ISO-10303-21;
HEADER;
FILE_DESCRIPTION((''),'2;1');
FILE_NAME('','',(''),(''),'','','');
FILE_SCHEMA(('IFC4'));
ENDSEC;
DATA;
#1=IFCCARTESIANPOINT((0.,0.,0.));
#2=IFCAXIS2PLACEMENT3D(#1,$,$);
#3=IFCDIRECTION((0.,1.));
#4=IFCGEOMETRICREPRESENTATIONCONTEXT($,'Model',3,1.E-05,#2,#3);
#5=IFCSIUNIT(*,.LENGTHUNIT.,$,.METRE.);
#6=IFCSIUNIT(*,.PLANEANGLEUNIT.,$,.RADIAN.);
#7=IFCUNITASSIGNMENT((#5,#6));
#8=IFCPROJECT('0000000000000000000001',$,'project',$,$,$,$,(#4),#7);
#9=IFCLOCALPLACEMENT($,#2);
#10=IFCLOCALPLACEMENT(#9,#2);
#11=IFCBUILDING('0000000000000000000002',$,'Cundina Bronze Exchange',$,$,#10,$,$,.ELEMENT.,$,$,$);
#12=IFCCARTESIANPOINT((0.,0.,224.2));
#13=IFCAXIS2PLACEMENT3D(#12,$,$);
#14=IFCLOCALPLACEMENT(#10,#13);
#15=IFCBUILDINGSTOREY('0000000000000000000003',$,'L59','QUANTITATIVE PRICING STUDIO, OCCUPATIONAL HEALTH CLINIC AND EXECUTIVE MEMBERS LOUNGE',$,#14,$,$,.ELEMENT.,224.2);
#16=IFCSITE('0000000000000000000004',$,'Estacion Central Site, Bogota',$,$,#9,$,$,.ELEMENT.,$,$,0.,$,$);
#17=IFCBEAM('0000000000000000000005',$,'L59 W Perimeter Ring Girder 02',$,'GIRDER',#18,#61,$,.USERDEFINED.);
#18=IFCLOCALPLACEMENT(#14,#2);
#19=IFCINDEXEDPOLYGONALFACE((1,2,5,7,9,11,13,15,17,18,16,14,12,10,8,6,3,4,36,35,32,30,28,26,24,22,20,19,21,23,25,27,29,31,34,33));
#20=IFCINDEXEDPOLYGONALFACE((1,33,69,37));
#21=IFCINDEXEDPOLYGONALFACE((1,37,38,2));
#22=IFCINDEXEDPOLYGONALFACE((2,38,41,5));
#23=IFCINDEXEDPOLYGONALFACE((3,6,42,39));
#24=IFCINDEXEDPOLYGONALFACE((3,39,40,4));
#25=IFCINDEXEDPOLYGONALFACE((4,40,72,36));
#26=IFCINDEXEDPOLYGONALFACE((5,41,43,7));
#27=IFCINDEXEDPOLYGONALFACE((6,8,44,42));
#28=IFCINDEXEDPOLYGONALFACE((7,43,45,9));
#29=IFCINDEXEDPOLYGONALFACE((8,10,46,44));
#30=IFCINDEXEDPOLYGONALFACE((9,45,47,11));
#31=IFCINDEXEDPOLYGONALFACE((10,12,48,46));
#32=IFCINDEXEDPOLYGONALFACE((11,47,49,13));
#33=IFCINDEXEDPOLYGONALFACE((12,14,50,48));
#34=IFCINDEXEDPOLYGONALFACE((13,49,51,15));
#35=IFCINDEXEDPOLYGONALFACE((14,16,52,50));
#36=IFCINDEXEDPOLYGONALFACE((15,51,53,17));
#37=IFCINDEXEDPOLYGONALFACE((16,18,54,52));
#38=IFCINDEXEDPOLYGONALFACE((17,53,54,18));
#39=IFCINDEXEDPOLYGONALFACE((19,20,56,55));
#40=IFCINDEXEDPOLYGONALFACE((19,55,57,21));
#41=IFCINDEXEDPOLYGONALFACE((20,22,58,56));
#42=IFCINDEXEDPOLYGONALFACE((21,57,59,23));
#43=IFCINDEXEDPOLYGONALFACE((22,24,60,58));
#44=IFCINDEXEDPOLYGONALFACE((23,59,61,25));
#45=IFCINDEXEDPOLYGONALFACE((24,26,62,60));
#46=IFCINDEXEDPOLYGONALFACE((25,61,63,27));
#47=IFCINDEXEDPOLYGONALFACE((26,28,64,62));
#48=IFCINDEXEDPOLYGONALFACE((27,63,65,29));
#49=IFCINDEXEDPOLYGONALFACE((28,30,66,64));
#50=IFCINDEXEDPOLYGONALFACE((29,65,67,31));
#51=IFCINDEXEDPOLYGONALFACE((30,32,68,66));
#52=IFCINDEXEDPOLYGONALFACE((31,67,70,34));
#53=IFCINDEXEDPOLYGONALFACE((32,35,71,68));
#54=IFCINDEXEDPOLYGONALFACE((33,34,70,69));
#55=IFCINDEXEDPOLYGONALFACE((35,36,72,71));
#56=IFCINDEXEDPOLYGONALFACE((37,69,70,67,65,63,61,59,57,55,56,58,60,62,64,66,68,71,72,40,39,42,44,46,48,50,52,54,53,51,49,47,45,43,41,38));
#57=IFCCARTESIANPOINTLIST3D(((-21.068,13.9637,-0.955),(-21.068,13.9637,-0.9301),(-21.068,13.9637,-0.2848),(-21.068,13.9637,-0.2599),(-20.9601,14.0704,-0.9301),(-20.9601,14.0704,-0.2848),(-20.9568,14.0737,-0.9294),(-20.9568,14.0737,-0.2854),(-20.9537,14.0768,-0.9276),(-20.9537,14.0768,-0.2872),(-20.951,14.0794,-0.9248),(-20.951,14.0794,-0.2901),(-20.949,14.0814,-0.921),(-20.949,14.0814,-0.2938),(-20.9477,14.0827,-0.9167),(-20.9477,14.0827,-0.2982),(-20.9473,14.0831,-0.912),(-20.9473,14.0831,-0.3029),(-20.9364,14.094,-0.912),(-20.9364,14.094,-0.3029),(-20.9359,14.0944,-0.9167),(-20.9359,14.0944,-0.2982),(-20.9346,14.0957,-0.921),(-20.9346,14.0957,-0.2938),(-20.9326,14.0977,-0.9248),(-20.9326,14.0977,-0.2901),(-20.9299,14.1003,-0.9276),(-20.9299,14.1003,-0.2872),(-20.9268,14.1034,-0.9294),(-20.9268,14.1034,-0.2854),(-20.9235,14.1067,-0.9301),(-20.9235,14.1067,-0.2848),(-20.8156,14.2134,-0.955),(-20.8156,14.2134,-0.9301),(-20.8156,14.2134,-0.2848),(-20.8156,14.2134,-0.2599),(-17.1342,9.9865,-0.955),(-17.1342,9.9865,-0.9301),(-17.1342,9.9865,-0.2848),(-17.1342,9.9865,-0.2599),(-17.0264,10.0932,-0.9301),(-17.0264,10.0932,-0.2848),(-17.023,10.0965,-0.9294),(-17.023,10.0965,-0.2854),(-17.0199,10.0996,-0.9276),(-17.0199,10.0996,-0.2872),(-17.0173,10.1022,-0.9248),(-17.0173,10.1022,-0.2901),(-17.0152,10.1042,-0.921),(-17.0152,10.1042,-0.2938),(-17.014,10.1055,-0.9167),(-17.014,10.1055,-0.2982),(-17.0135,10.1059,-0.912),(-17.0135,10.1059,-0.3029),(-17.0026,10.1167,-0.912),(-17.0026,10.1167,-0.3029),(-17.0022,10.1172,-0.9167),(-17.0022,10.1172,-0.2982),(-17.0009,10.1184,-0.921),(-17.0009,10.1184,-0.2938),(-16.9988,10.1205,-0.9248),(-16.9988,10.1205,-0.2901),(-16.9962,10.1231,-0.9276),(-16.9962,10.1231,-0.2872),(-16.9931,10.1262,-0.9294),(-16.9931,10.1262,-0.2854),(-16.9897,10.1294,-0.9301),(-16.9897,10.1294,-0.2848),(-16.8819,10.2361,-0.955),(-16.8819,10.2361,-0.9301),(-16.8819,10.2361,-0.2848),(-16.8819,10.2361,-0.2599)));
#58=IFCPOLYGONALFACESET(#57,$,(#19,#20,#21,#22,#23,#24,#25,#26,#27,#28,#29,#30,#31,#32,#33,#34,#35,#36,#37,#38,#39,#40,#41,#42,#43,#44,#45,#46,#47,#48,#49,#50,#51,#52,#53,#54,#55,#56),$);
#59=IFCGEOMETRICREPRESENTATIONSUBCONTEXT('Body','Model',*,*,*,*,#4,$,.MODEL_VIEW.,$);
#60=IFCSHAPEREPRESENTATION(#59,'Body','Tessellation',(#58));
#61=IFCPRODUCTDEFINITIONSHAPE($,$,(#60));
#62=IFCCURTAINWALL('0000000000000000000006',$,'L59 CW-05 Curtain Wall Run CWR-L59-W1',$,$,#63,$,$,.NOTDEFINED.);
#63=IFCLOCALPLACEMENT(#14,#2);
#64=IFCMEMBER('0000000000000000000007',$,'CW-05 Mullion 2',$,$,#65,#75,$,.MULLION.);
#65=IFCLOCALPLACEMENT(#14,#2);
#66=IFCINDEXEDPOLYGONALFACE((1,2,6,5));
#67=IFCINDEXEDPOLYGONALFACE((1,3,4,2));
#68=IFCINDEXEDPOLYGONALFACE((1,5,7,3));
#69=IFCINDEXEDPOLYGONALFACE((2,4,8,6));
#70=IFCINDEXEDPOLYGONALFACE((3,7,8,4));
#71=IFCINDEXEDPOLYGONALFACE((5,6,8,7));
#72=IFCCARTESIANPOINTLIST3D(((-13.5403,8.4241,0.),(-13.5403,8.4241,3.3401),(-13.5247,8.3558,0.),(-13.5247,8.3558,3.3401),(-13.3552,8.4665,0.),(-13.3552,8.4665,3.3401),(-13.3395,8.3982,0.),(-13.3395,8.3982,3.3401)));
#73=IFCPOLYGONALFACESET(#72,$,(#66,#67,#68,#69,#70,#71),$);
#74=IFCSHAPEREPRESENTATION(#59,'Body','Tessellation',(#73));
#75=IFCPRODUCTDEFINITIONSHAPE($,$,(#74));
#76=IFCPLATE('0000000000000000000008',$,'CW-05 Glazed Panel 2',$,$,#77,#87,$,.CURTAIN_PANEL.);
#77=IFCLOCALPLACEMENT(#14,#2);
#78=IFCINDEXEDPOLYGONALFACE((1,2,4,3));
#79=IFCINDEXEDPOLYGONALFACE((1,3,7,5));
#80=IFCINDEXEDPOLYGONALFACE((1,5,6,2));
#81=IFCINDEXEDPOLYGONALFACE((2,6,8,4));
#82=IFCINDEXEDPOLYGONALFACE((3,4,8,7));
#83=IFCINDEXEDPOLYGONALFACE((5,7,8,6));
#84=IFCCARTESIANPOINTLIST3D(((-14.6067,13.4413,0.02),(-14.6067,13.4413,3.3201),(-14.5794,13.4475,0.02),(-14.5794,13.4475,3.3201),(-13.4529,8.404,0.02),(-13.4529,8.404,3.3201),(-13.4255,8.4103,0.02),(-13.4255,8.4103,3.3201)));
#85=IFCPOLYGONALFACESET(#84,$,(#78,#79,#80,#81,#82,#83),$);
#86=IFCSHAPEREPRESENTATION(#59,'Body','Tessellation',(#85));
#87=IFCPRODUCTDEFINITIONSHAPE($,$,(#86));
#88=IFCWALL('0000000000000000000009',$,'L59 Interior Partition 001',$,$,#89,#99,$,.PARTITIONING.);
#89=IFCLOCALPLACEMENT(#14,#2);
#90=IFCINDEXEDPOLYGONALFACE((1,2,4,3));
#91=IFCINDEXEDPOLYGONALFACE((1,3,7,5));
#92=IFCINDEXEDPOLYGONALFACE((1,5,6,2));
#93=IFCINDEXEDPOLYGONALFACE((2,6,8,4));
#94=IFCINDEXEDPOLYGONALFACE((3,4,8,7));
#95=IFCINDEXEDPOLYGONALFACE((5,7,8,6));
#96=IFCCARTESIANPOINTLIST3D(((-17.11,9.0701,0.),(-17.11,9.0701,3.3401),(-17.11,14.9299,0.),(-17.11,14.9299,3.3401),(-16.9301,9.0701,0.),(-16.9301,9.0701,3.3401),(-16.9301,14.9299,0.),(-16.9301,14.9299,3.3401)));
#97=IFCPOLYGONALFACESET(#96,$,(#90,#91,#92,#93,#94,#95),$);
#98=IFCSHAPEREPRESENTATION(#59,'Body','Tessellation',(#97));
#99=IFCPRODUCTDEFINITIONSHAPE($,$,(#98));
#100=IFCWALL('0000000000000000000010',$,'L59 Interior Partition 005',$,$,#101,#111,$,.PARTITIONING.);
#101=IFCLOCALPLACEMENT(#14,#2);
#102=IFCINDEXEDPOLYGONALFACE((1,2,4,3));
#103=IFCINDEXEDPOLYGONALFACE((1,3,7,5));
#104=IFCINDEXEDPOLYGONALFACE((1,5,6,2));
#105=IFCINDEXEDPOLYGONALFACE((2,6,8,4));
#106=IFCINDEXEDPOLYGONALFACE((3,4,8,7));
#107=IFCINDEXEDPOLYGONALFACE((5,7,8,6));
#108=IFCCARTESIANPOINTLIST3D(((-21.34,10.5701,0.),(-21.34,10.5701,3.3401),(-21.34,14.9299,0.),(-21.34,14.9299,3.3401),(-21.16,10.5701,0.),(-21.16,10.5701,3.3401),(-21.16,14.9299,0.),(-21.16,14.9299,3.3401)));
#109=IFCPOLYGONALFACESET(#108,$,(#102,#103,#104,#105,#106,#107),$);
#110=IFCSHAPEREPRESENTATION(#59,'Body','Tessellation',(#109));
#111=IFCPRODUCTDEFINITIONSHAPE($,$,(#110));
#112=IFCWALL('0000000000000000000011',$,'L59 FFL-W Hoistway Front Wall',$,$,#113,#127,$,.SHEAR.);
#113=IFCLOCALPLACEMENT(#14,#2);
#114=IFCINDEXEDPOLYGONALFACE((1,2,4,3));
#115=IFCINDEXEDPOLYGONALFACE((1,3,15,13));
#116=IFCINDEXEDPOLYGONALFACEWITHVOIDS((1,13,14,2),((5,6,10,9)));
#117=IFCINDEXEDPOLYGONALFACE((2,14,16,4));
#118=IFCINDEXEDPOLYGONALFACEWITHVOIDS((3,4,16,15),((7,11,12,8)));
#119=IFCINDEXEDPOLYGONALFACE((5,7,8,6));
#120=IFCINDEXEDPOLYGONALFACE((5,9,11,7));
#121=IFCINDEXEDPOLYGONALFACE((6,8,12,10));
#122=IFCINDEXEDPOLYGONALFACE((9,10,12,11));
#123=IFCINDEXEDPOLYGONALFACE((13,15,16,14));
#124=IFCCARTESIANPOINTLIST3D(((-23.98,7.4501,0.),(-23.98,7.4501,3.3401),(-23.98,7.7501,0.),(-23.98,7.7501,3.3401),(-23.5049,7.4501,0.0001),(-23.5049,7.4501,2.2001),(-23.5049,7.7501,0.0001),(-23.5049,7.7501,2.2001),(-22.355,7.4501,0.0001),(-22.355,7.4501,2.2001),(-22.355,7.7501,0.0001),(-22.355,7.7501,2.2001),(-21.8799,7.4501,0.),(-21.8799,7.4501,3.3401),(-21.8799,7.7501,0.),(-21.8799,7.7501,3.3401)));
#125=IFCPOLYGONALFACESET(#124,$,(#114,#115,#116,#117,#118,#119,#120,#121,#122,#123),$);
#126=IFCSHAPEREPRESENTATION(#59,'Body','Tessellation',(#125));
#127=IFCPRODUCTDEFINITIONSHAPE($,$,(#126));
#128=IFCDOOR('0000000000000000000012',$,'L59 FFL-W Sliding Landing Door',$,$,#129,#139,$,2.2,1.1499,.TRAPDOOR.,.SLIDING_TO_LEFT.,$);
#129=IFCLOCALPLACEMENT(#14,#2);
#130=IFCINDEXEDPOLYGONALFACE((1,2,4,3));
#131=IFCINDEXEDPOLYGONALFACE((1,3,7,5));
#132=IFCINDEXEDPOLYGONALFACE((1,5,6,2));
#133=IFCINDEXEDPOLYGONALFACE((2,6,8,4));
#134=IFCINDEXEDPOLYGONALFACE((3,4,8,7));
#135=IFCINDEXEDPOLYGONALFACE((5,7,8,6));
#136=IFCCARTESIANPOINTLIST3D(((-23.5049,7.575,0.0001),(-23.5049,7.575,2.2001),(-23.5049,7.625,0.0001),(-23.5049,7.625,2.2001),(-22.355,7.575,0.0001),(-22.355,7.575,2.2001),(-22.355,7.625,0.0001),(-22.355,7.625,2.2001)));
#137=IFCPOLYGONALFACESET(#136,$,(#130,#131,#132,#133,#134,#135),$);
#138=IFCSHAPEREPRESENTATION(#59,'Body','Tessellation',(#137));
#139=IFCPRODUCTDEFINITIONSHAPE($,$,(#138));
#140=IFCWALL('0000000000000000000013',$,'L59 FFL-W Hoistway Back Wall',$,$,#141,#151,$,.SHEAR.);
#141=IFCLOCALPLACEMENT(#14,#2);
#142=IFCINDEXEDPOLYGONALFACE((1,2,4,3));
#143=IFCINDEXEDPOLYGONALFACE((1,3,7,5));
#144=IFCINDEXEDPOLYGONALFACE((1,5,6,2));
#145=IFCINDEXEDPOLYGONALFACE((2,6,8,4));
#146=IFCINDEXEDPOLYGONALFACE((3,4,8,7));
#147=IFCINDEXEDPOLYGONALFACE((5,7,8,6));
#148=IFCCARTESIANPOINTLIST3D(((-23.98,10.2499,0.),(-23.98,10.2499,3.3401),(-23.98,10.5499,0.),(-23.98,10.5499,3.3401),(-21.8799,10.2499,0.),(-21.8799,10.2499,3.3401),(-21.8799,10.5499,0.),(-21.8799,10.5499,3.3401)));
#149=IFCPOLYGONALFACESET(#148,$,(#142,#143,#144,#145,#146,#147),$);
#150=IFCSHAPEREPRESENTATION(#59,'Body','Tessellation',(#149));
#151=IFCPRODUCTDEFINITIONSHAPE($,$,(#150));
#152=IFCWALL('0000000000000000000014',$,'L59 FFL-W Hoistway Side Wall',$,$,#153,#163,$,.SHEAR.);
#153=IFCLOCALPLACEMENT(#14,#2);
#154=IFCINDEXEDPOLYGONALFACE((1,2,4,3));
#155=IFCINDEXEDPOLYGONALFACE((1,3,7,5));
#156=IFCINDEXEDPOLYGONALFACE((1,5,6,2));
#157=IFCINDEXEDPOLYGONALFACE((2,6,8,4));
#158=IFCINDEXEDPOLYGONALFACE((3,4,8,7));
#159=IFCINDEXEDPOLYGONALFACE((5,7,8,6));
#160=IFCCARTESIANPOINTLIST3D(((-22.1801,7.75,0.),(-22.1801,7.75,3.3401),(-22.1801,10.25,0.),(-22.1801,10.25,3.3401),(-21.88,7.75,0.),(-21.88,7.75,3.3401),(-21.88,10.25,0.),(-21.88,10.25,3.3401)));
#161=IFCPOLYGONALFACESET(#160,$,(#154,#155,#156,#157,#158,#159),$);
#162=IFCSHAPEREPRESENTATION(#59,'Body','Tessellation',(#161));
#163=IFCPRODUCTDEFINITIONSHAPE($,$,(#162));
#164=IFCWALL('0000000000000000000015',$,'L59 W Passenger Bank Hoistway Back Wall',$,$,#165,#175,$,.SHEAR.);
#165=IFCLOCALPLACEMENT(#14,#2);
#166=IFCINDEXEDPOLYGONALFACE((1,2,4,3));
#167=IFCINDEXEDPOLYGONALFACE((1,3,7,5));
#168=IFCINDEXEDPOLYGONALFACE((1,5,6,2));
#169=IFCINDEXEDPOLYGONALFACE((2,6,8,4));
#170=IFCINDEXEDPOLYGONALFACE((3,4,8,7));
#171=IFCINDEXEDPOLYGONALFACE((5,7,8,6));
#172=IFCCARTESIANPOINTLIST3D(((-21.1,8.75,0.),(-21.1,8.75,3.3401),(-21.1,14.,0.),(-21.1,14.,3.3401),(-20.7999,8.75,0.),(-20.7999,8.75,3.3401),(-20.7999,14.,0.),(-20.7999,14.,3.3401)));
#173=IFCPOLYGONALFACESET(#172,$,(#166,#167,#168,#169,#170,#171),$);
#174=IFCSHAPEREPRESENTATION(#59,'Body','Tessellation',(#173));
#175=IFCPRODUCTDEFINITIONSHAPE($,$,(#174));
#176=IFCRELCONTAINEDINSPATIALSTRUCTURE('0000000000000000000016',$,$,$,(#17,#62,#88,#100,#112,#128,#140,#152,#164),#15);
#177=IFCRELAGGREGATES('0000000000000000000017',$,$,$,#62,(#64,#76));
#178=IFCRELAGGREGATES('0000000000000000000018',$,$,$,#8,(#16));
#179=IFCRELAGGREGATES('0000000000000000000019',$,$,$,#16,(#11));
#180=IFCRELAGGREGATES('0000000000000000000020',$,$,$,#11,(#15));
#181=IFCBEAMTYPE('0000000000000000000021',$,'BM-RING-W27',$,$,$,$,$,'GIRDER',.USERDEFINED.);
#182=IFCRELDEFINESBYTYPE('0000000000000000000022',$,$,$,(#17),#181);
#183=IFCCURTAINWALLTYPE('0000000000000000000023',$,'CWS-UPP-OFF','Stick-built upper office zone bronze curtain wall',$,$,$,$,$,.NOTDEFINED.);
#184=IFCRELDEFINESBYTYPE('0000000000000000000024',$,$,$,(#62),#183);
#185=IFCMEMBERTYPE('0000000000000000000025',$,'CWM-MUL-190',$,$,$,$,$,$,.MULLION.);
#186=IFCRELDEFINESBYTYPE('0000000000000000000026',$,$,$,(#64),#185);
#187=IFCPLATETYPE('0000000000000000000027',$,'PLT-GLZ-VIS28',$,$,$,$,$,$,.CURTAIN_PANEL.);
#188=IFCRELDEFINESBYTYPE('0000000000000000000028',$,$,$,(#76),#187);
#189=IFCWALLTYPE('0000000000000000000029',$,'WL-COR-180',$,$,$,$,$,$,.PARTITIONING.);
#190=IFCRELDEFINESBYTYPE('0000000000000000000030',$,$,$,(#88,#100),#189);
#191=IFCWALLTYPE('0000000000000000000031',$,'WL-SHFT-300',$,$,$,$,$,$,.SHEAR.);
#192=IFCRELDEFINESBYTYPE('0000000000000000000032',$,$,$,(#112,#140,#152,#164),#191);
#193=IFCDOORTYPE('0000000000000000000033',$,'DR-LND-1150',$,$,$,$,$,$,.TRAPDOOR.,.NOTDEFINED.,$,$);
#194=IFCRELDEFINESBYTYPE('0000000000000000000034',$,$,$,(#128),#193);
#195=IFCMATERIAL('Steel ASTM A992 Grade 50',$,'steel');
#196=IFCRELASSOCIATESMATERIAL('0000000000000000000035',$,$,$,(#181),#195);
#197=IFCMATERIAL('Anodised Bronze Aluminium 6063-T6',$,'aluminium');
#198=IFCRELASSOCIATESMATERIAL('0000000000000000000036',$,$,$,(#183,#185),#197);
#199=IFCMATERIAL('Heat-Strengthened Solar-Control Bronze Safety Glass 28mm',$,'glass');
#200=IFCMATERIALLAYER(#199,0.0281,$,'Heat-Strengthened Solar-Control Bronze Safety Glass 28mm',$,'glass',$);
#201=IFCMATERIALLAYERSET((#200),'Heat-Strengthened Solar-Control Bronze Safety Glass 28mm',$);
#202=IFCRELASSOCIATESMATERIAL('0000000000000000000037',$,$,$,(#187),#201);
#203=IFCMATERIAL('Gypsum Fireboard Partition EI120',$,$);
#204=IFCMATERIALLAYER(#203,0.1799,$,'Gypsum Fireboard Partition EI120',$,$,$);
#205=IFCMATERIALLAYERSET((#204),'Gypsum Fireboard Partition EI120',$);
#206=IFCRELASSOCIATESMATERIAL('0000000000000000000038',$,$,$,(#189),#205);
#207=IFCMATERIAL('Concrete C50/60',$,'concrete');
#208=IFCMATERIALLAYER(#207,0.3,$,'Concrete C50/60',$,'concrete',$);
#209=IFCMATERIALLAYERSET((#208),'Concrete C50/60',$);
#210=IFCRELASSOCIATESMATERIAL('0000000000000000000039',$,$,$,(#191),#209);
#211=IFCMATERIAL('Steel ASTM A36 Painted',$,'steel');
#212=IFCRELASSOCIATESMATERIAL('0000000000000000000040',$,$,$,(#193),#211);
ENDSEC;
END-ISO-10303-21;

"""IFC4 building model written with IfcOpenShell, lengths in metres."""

from ifc_helpers import new_model, si_unit, direction, frame, frame_2d, origin, origin_2d, place, context, subcontext, project, spatial, rectangle, i_section, extrude, material, layer, layer_set, material_profile, profile_set, type_object, element, fill, aggregate, save


model = new_model("IFC4")

# Units and contexts
model_context = context("Model", 3, precision=1e-05, world=origin(), true_north=direction((0.0, 1.0)))
body_context = subcontext(model_context, "Body", "Model", "MODEL_VIEW")
ifc_project = project(units=[si_unit("LENGTHUNIT", "METRE"), si_unit("PLANEANGLEUNIT", "RADIAN")], contexts=[model_context])

# Site, building, storey
site_placement = place(None, origin())
site = spatial("IfcSite", under=ifc_project, at=site_placement, Name="Estacion Central Site, Bogota", CompositionType="ELEMENT", RefElevation=0.0)
building_placement = place(site_placement, origin())
building = spatial("IfcBuilding", under=site, at=building_placement, Name="Cundina Bronze Exchange", CompositionType="ELEMENT")
storey_placement = place(building_placement, frame((0.0, 0.0, 224.2)))
storey = spatial("IfcBuildingStorey", under=building, at=storey_placement, Name="L59", Description="QUANTITATIVE PRICING STUDIO, OCCUPATIONAL HEALTH CLINIC AND EXECUTIVE MEMBERS LOUNGE", CompositionType="ELEMENT", Elevation=224.2)

# Shared definitions
ifc_material_1 = material(Name="Concrete C50/60", Category="concrete")

# Beam
ifc_material_2 = material(Name="Steel ASTM A992 Grade 50", Category="steel")
ifc_material_profile_1 = material_profile(ifc_material_2, i_section(OverallWidth=0.355, OverallDepth=0.6951, WebThickness=0.0154, FlangeThickness=0.0249, FilletRadius=0.0181, at=origin_2d()), Name="W27X146", Category="steel")
ifc_profile_set_1 = profile_set([ifc_material_profile_1], Name="Steel ASTM A992 Grade 50")
beam_type_1 = type_object("IfcBeamType", Name="BM-RING-W27", ElementType="GIRDER", PredefinedType="USERDEFINED", material=ifc_profile_set_1)
beam_1_placement = place(storey_placement, frame((-17.0081, 10.1113, -0.6074), z_axis=(-0.703212, 0.71098, 0.0), x_axis=(-0.71098, -0.703212, 0.0)))
element("IfcBeam", 1, at=beam_1_placement, inside=storey, type_object=beam_type_1, Name="L59 W Perimeter Ring Girder 02", ObjectType="GIRDER", PredefinedType="USERDEFINED", context=body_context, shape_type="SweptSolid", body=[
    extrude(i_section(OverallWidth=0.355, OverallDepth=0.6951, WebThickness=0.0154, FlangeThickness=0.0249, FilletRadius=0.0181, at=origin_2d()), origin(), (0.0, 0.0, 1.0), 5.594),
])

# Curtain wall, member, plate
ifc_material_3 = material(Name="Anodised Bronze Aluminium 6063-T6", Category="aluminium")
curtain_wall_type = type_object("IfcCurtainWallType", Name="CWS-UPP-OFF", Description="Stick-built upper office zone bronze curtain wall", PredefinedType="NOTDEFINED", material=ifc_material_3)
curtain_wall_placement = place(storey_placement, origin())
curtain_wall = element("IfcCurtainWall", 2, at=curtain_wall_placement, inside=storey, type_object=curtain_wall_type, Name="L59 CW-05 Curtain Wall Run CWR-L59-W1", PredefinedType="NOTDEFINED")
ifc_material_profile_2 = material_profile(ifc_material_3, rectangle(XDim=0.0701, YDim=0.1899, at=origin_2d()), Name="AL70X190", Category="aluminium")
ifc_profile_set_2 = profile_set([ifc_material_profile_2], Name="Anodised Bronze Aluminium 6063-T6")
member_type = type_object("IfcMemberType", Name="CWM-MUL-190", PredefinedType="MULLION", material=ifc_profile_set_2)
member_placement = place(storey_placement, frame((-13.4399, 8.4111, 0.0), z_axis=(0.0, 0.0, 1.0), x_axis=(-0.22325, 0.974761, 0.0)))
member = element("IfcMember", 3, at=member_placement, type_object=member_type, Name="CW-05 Mullion 2", PredefinedType="MULLION", context=body_context, shape_type="SweptSolid", body=[
    extrude(rectangle(XDim=0.0701, YDim=0.1899, at=origin_2d()), origin(), (0.0, 0.0, 1.0), 3.3401),
])
ifc_material_4 = material(Name="Heat-Strengthened Solar-Control Bronze Safety Glass 28mm", Category="glass")
ifc_layer_1 = layer(ifc_material_4, 0.0281, Name="Heat-Strengthened Solar-Control Bronze Safety Glass 28mm", Category="glass")
ifc_layer_set_1 = layer_set([ifc_layer_1], Name="Heat-Strengthened Solar-Control Bronze Safety Glass 28mm")
plate_type = type_object("IfcPlateType", Name="PLT-GLZ-VIS28", PredefinedType="CURTAIN_PANEL", material=ifc_layer_set_1)
plate_placement = place(storey_placement, frame((-14.0161, 10.9258, 0.02), z_axis=(0.0, 0.0, 1.0), x_axis=(-0.223284, 0.974753, 0.0)))
plate = element("IfcPlate", 4, at=plate_placement, type_object=plate_type, Name="CW-05 Glazed Panel 2", PredefinedType="CURTAIN_PANEL", context=body_context, shape_type="SweptSolid", body=[
    extrude(rectangle(XDim=5.1677, YDim=0.0281, at=origin_2d()), origin(), (0.0, 0.0, 1.0), 3.3),
])
aggregate(curtain_wall, [member, plate])

# Walls
ifc_material_5 = material(Name="Gypsum Fireboard Partition EI120")
ifc_layer_2 = layer(ifc_material_5, 0.1799, Name="Gypsum Fireboard Partition EI120")
ifc_layer_set_2 = layer_set([ifc_layer_2], Name="Gypsum Fireboard Partition EI120")
wall_type_1 = type_object("IfcWallType", Name="WL-COR-180", PredefinedType="PARTITIONING", material=ifc_layer_set_2)
wall_1_placement = place(storey_placement, frame((-17.02, 9.0701, 0.0), z_axis=(0.0, 0.0, 1.0), x_axis=(0.0, 1.0, 0.0)))
element("IfcWall", 5, at=wall_1_placement, inside=storey, type_object=wall_type_1, Name="L59 Interior Partition 001", PredefinedType="PARTITIONING", context=body_context, shape_type="SweptSolid", body=[
    extrude(rectangle(XDim=5.8599, YDim=0.1799, at=frame_2d((2.9299, 0.0))), origin(), (0.0, 0.0, 1.0), 3.3401),
])
wall_2_placement = place(storey_placement, frame((-21.25, 10.5701, 0.0), z_axis=(0.0, 0.0, 1.0), x_axis=(0.0, 1.0, 0.0)))
element("IfcWall", 6, at=wall_2_placement, inside=storey, type_object=wall_type_1, Name="L59 Interior Partition 005", PredefinedType="PARTITIONING", context=body_context, shape_type="SweptSolid", body=[
    extrude(rectangle(XDim=4.3599, YDim=0.1799, at=frame_2d((2.1799, 0.0))), origin(), (0.0, 0.0, 1.0), 3.3401),
])

# Wall, opening, door
ifc_layer_3 = layer(ifc_material_1, 0.3, Name="Concrete C50/60", Category="concrete")
ifc_layer_set_3 = layer_set([ifc_layer_3], Name="Concrete C50/60")
wall_type_2 = type_object("IfcWallType", Name="WL-SHFT-300", PredefinedType="SHEAR", material=ifc_layer_set_3)
ifc_material_6 = material(Name="Steel ASTM A36 Painted", Category="steel")
wall_3_placement = place(storey_placement, frame((-23.98, 7.6001, 0.0), z_axis=(0.0, 0.0, 1.0), x_axis=(1.0, 0.0, 0.0)))
wall_3 = element("IfcWall", 7, at=wall_3_placement, inside=storey, type_object=wall_type_2, Name="L59 FFL-W Hoistway Front Wall", PredefinedType="SHEAR", context=body_context, shape_type="SweptSolid", body=[
    extrude(rectangle(XDim=2.1001, YDim=0.3, at=frame_2d((1.05, 0.0))), origin(), (0.0, 0.0, 1.0), 3.3401),
])
opening_1_placement = place(wall_3_placement, frame((0.4751, 0.0, 0.0)))
opening_1 = element("IfcOpeningElement", 8, at=opening_1_placement, cuts=wall_3, PredefinedType="OPENING", context=body_context, shape_type="SweptSolid", body=[
    extrude(rectangle(XDim=1.1499, YDim=2.2, at=frame_2d((0.575, 1.1001))), frame((0.0, 0.1599, 0.0), z_axis=(0.0, -1.0, 0.0), x_axis=(1.0, 0.0, 0.0)), (0.0, 0.0, 1.0), 0.3201),
])
door_type_1 = type_object("IfcDoorType", Name="DR-LND-1150", OperationType="NOTDEFINED", PredefinedType="TRAPDOOR", material=ifc_material_6)
door_1_placement = place(opening_1_placement, origin())
door_1 = element("IfcDoor", 9, at=door_1_placement, inside=storey, type_object=door_type_1, Name="L59 FFL-W Sliding Landing Door", OperationType="SLIDING_TO_LEFT", OverallHeight=2.2, OverallWidth=1.1499, PredefinedType="TRAPDOOR", context=body_context, shape_type="SweptSolid", body=[
    extrude(rectangle(XDim=1.1499, YDim=2.2, at=frame_2d((0.575, 1.1001))), frame((0.0, 0.0249, 0.0), z_axis=(0.0, -1.0, 0.0), x_axis=(1.0, 0.0, 0.0)), (0.0, 0.0, 1.0), 0.05),
])
fill(opening_1, door_1)

# Walls
wall_4_placement = place(storey_placement, frame((-23.98, 10.3999, 0.0), z_axis=(0.0, 0.0, 1.0), x_axis=(1.0, 0.0, 0.0)))
element("IfcWall", 10, at=wall_4_placement, inside=storey, type_object=wall_type_2, Name="L59 FFL-W Hoistway Back Wall", PredefinedType="SHEAR", context=body_context, shape_type="SweptSolid", body=[
    extrude(rectangle(XDim=2.1001, YDim=0.3, at=frame_2d((1.05, 0.0))), origin(), (0.0, 0.0, 1.0), 3.3401),
])
wall_5_placement = place(storey_placement, frame((-22.03, 7.75, 0.0), z_axis=(0.0, 0.0, 1.0), x_axis=(0.0, 1.0, 0.0)))
element("IfcWall", 11, at=wall_5_placement, inside=storey, type_object=wall_type_2, Name="L59 FFL-W Hoistway Side Wall", PredefinedType="SHEAR", context=body_context, shape_type="SweptSolid", body=[
    extrude(rectangle(XDim=2.5, YDim=0.3, at=frame_2d((1.25, 0.0))), origin(), (0.0, 0.0, 1.0), 3.3401),
])
wall_6_placement = place(storey_placement, frame((-20.95, 8.75, 0.0), z_axis=(0.0, 0.0, 1.0), x_axis=(0.0, 1.0, 0.0)))
element("IfcWall", 12, at=wall_6_placement, inside=storey, type_object=wall_type_2, Name="L59 W Passenger Bank Hoistway Back Wall", PredefinedType="SHEAR", context=body_context, shape_type="SweptSolid", body=[
    extrude(rectangle(XDim=5.25, YDim=0.3, at=frame_2d((2.625, 0.0))), origin(), (0.0, 0.0, 1.0), 3.3401),
])

save(model, "model.ifc")
